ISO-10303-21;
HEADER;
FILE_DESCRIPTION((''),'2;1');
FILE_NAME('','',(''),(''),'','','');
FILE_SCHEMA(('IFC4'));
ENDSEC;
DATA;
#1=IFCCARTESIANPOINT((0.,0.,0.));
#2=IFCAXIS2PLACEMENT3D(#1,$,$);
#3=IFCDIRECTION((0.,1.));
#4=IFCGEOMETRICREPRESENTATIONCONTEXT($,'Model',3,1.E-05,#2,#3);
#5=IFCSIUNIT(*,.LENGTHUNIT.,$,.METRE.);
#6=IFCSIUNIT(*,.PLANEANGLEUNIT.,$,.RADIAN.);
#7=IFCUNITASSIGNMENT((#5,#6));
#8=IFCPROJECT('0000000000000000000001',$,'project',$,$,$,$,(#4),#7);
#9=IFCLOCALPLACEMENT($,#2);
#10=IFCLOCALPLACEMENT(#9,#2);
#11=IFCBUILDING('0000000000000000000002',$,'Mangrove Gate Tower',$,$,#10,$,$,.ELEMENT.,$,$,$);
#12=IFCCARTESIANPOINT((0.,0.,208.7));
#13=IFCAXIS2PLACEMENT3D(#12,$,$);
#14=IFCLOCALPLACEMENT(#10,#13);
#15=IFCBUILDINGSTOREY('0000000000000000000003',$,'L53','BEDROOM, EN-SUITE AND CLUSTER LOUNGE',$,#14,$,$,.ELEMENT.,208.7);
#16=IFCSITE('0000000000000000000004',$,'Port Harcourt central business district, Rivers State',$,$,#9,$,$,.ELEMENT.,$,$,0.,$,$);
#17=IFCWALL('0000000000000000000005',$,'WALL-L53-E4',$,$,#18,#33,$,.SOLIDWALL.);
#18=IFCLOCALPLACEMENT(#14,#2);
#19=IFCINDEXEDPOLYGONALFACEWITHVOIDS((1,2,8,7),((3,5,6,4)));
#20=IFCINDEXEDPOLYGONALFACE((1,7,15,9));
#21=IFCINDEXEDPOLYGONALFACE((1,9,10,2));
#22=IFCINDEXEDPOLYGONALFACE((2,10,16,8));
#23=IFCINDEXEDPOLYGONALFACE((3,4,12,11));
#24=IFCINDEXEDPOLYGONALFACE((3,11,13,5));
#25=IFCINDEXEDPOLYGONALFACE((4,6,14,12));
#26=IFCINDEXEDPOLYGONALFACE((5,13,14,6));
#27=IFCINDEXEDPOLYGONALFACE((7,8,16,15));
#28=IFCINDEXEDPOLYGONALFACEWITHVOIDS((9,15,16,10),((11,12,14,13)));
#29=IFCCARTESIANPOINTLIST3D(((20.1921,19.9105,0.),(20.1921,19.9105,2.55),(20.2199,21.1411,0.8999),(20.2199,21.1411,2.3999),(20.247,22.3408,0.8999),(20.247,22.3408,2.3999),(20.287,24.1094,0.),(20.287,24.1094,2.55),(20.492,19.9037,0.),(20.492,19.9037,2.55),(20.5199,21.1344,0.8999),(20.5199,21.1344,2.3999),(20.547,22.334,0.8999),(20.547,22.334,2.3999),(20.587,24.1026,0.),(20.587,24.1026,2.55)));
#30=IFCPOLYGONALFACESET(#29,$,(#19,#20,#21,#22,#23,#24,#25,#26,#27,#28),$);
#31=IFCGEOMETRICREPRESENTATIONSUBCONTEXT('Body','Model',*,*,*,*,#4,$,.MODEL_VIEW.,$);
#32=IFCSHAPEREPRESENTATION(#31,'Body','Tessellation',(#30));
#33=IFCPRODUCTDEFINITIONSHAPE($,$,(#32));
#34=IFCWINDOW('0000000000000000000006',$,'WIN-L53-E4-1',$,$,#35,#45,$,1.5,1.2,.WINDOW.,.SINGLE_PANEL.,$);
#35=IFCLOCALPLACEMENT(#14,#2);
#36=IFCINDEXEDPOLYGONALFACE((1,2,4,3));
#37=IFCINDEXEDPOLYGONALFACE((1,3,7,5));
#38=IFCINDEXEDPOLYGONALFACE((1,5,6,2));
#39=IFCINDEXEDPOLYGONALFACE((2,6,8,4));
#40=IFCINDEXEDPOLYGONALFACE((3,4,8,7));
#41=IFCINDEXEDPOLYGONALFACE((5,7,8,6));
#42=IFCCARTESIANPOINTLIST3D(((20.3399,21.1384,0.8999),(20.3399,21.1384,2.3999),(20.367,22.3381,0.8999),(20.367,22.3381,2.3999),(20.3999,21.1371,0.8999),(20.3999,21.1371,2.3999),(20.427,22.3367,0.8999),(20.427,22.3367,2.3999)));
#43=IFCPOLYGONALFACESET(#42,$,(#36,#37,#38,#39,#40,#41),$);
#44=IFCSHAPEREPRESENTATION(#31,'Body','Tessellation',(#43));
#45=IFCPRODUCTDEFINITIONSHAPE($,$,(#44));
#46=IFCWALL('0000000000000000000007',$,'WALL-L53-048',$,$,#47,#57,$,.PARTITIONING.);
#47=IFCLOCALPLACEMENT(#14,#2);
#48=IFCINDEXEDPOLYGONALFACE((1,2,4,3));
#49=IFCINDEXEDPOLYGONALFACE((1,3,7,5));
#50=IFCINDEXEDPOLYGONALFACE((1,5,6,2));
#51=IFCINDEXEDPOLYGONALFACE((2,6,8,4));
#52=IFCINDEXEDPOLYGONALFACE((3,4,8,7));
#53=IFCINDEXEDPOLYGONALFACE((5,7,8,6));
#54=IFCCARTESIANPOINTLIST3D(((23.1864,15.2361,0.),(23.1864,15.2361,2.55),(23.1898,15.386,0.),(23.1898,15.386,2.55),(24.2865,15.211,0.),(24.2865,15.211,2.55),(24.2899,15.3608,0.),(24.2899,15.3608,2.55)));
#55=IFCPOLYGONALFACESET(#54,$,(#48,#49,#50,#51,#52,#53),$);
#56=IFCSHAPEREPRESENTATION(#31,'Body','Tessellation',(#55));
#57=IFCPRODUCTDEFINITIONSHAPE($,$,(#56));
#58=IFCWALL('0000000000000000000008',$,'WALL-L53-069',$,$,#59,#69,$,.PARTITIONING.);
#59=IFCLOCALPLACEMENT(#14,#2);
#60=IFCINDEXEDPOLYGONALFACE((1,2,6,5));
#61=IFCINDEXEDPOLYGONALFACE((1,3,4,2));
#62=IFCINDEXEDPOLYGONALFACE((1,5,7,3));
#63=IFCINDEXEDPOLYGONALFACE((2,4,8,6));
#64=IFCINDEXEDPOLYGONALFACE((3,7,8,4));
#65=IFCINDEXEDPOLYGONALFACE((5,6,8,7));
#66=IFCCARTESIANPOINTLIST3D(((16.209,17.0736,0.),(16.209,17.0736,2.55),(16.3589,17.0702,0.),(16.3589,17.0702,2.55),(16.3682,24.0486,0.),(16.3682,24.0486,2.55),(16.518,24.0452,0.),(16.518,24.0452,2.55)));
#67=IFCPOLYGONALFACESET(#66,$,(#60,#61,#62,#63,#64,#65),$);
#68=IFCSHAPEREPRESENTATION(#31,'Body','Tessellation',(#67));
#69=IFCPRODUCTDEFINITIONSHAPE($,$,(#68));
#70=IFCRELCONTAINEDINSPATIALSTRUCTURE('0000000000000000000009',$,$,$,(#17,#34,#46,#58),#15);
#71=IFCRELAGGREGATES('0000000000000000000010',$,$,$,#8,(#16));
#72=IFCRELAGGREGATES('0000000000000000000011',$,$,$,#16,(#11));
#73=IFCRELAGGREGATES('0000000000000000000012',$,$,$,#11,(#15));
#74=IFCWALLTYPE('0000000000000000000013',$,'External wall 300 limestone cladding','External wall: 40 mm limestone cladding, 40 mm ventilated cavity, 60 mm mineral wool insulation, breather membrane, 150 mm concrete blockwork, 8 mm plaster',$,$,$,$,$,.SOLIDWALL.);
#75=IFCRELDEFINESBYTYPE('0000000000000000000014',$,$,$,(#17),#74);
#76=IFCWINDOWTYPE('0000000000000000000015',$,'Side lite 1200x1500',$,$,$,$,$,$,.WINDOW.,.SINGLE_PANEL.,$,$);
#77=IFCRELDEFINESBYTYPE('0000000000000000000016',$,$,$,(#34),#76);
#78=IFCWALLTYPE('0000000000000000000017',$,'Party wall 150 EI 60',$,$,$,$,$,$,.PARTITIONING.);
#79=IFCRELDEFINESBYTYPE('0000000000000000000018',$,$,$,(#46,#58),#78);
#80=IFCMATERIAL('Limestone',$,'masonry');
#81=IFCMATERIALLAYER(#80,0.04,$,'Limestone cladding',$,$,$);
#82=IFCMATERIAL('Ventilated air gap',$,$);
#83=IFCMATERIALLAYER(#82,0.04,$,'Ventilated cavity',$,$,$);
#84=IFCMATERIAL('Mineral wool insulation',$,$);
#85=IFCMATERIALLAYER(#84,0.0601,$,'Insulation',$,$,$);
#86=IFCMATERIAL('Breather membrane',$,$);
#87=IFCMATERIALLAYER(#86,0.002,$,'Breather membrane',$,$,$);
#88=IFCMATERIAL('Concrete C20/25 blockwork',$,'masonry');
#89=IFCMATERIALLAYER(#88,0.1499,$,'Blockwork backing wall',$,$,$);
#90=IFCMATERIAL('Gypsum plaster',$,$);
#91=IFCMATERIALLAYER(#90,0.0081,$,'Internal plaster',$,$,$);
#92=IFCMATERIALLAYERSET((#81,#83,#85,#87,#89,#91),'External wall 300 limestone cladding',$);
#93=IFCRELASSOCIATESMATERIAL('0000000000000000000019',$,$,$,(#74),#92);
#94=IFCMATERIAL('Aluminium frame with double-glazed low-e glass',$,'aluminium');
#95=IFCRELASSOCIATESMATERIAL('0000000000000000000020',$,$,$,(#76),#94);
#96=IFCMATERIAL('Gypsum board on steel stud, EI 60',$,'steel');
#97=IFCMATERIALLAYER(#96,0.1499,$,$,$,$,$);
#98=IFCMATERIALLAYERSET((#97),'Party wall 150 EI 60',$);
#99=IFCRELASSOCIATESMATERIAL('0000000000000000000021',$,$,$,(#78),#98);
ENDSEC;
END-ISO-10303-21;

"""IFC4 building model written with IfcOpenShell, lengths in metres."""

from ifc_helpers import new_model, si_unit, direction, frame, frame_2d, origin, place, context, subcontext, project, spatial, rectangle, extrude, material, layer, layer_set, type_object, element, fill, save


model = new_model("IFC4")

# Units and contexts
model_context = context("Model", 3, precision=1e-05, world=origin(), true_north=direction((0.0, 1.0)))
body_context = subcontext(model_context, "Body", "Model", "MODEL_VIEW")
ifc_project = project(units=[si_unit("LENGTHUNIT", "METRE"), si_unit("PLANEANGLEUNIT", "RADIAN")], contexts=[model_context])

# Site, building, storey
site_placement = place(None, origin())
site = spatial("IfcSite", under=ifc_project, at=site_placement, Name="Port Harcourt central business district, Rivers State", CompositionType="ELEMENT", RefElevation=0.0)
building_placement = place(site_placement, origin())
building = spatial("IfcBuilding", under=site, at=building_placement, Name="Mangrove Gate Tower", CompositionType="ELEMENT")
storey_placement = place(building_placement, frame((0.0, 0.0, 208.7)))
storey = spatial("IfcBuildingStorey", under=building, at=storey_placement, Name="L53", Description="BEDROOM, EN-SUITE AND CLUSTER LOUNGE", CompositionType="ELEMENT", Elevation=208.7)

# Wall, opening, window
ifc_material_1 = material(Name="Limestone", Category="masonry")
ifc_layer_1 = layer(ifc_material_1, 0.04, Name="Limestone cladding")
ifc_material_2 = material(Name="Ventilated air gap")
ifc_layer_2 = layer(ifc_material_2, 0.04, Name="Ventilated cavity")
ifc_material_3 = material(Name="Mineral wool insulation")
ifc_layer_3 = layer(ifc_material_3, 0.0601, Name="Insulation")
ifc_material_4 = material(Name="Breather membrane")
ifc_layer_4 = layer(ifc_material_4, 0.002, Name="Breather membrane")
ifc_material_5 = material(Name="Concrete C20/25 blockwork", Category="masonry")
ifc_layer_5 = layer(ifc_material_5, 0.1499, Name="Blockwork backing wall")
ifc_material_6 = material(Name="Gypsum plaster")
ifc_layer_6 = layer(ifc_material_6, 0.0081, Name="Internal plaster")
ifc_layer_set_1 = layer_set([ifc_layer_1, ifc_layer_2, ifc_layer_3, ifc_layer_4, ifc_layer_5, ifc_layer_6], Name="External wall 300 limestone cladding")
wall_type_1 = type_object("IfcWallType", Name="External wall 300 limestone cladding", Description="External wall: 40 mm limestone cladding, 40 mm ventilated cavity, 60 mm mineral wool insulation, breather membrane, 150 mm concrete blockwork, 8 mm plaster", PredefinedType="SOLIDWALL", material=ifc_layer_set_1)
ifc_material_7 = material(Name="Aluminium frame with double-glazed low-e glass", Category="aluminium")
window_type_1 = type_object("IfcWindowType", Name="Side lite 1200x1500", PartitioningType="SINGLE_PANEL", PredefinedType="WINDOW", material=ifc_material_7)
wall_1_placement = place(storey_placement, frame((20.342, 19.907, 0.0), z_axis=(0.0, 0.0, 1.0), x_axis=(0.022612, 0.999744, 0.0)))
wall_1 = element("IfcWall", 1, at=wall_1_placement, inside=storey, type_object=wall_type_1, Name="WALL-L53-E4", PredefinedType="SOLIDWALL", context=body_context, shape_type="SweptSolid", body=[
    extrude(rectangle(XDim=4.2, YDim=0.3, at=frame_2d((2.1001, 0.0))), origin(), (0.0, 0.0, 1.0), 2.55),
])
opening_1_placement = place(wall_1_placement, frame((1.231, 0.0, 0.8999)))
opening_1 = element("IfcOpeningElement", 2, at=opening_1_placement, cuts=wall_1, PredefinedType="OPENING", context=body_context, shape_type="SweptSolid", body=[
    extrude(rectangle(XDim=1.2, YDim=1.5, at=frame_2d((0.6001, 0.75))), frame((0.0, 0.1599, 0.0), z_axis=(0.0, -1.0, 0.0), x_axis=(1.0, 0.0, 0.0)), (0.0, 0.0, 1.0), 0.3201),
])
window_1_placement = place(opening_1_placement, origin())
window_1 = element("IfcWindow", 3, at=window_1_placement, inside=storey, type_object=window_type_1, Name="WIN-L53-E4-1", OverallHeight=1.5, OverallWidth=1.2, PartitioningType="SINGLE_PANEL", PredefinedType="WINDOW", context=body_context, shape_type="SweptSolid", body=[
    extrude(rectangle(XDim=1.2, YDim=1.5, at=frame_2d((0.6001, 0.75))), frame((0.0, 0.03, 0.0), z_axis=(0.0, -1.0, 0.0), x_axis=(1.0, 0.0, 0.0)), (0.0, 0.0, 1.0), 0.0601),
])
fill(opening_1, window_1)

# Walls
ifc_material_8 = material(Name="Gypsum board on steel stud, EI 60", Category="steel")
ifc_layer_7 = layer(ifc_material_8, 0.1499)
ifc_layer_set_2 = layer_set([ifc_layer_7], Name="Party wall 150 EI 60")
wall_type_2 = type_object("IfcWallType", Name="Party wall 150 EI 60", PredefinedType="PARTITIONING", material=ifc_layer_set_2)
wall_2_placement = place(storey_placement, frame((23.188, 15.311, 0.0), z_axis=(0.0, 0.0, 1.0), x_axis=(0.999739, -0.022852, 0.0)))
element("IfcWall", 4, at=wall_2_placement, inside=storey, type_object=wall_type_2, Name="WALL-L53-048", PredefinedType="PARTITIONING", context=body_context, shape_type="SweptSolid", body=[
    extrude(rectangle(XDim=1.1003, YDim=0.1499, at=frame_2d((0.5503, 0.0))), origin(), (0.0, 0.0, 1.0), 2.55),
])
wall_3_placement = place(storey_placement, frame((16.2839, 17.072, 0.0), z_axis=(0.0, 0.0, 1.0), x_axis=(0.022815, 0.99974, 0.0)))
element("IfcWall", 5, at=wall_3_placement, inside=storey, type_object=wall_type_2, Name="WALL-L53-069", PredefinedType="PARTITIONING", context=body_context, shape_type="SweptSolid", body=[
    extrude(rectangle(XDim=6.9768, YDim=0.1499, at=frame_2d((3.4883, 0.0))), origin(), (0.0, 0.0, 1.0), 2.55),
])

save(model, "model.ifc")
